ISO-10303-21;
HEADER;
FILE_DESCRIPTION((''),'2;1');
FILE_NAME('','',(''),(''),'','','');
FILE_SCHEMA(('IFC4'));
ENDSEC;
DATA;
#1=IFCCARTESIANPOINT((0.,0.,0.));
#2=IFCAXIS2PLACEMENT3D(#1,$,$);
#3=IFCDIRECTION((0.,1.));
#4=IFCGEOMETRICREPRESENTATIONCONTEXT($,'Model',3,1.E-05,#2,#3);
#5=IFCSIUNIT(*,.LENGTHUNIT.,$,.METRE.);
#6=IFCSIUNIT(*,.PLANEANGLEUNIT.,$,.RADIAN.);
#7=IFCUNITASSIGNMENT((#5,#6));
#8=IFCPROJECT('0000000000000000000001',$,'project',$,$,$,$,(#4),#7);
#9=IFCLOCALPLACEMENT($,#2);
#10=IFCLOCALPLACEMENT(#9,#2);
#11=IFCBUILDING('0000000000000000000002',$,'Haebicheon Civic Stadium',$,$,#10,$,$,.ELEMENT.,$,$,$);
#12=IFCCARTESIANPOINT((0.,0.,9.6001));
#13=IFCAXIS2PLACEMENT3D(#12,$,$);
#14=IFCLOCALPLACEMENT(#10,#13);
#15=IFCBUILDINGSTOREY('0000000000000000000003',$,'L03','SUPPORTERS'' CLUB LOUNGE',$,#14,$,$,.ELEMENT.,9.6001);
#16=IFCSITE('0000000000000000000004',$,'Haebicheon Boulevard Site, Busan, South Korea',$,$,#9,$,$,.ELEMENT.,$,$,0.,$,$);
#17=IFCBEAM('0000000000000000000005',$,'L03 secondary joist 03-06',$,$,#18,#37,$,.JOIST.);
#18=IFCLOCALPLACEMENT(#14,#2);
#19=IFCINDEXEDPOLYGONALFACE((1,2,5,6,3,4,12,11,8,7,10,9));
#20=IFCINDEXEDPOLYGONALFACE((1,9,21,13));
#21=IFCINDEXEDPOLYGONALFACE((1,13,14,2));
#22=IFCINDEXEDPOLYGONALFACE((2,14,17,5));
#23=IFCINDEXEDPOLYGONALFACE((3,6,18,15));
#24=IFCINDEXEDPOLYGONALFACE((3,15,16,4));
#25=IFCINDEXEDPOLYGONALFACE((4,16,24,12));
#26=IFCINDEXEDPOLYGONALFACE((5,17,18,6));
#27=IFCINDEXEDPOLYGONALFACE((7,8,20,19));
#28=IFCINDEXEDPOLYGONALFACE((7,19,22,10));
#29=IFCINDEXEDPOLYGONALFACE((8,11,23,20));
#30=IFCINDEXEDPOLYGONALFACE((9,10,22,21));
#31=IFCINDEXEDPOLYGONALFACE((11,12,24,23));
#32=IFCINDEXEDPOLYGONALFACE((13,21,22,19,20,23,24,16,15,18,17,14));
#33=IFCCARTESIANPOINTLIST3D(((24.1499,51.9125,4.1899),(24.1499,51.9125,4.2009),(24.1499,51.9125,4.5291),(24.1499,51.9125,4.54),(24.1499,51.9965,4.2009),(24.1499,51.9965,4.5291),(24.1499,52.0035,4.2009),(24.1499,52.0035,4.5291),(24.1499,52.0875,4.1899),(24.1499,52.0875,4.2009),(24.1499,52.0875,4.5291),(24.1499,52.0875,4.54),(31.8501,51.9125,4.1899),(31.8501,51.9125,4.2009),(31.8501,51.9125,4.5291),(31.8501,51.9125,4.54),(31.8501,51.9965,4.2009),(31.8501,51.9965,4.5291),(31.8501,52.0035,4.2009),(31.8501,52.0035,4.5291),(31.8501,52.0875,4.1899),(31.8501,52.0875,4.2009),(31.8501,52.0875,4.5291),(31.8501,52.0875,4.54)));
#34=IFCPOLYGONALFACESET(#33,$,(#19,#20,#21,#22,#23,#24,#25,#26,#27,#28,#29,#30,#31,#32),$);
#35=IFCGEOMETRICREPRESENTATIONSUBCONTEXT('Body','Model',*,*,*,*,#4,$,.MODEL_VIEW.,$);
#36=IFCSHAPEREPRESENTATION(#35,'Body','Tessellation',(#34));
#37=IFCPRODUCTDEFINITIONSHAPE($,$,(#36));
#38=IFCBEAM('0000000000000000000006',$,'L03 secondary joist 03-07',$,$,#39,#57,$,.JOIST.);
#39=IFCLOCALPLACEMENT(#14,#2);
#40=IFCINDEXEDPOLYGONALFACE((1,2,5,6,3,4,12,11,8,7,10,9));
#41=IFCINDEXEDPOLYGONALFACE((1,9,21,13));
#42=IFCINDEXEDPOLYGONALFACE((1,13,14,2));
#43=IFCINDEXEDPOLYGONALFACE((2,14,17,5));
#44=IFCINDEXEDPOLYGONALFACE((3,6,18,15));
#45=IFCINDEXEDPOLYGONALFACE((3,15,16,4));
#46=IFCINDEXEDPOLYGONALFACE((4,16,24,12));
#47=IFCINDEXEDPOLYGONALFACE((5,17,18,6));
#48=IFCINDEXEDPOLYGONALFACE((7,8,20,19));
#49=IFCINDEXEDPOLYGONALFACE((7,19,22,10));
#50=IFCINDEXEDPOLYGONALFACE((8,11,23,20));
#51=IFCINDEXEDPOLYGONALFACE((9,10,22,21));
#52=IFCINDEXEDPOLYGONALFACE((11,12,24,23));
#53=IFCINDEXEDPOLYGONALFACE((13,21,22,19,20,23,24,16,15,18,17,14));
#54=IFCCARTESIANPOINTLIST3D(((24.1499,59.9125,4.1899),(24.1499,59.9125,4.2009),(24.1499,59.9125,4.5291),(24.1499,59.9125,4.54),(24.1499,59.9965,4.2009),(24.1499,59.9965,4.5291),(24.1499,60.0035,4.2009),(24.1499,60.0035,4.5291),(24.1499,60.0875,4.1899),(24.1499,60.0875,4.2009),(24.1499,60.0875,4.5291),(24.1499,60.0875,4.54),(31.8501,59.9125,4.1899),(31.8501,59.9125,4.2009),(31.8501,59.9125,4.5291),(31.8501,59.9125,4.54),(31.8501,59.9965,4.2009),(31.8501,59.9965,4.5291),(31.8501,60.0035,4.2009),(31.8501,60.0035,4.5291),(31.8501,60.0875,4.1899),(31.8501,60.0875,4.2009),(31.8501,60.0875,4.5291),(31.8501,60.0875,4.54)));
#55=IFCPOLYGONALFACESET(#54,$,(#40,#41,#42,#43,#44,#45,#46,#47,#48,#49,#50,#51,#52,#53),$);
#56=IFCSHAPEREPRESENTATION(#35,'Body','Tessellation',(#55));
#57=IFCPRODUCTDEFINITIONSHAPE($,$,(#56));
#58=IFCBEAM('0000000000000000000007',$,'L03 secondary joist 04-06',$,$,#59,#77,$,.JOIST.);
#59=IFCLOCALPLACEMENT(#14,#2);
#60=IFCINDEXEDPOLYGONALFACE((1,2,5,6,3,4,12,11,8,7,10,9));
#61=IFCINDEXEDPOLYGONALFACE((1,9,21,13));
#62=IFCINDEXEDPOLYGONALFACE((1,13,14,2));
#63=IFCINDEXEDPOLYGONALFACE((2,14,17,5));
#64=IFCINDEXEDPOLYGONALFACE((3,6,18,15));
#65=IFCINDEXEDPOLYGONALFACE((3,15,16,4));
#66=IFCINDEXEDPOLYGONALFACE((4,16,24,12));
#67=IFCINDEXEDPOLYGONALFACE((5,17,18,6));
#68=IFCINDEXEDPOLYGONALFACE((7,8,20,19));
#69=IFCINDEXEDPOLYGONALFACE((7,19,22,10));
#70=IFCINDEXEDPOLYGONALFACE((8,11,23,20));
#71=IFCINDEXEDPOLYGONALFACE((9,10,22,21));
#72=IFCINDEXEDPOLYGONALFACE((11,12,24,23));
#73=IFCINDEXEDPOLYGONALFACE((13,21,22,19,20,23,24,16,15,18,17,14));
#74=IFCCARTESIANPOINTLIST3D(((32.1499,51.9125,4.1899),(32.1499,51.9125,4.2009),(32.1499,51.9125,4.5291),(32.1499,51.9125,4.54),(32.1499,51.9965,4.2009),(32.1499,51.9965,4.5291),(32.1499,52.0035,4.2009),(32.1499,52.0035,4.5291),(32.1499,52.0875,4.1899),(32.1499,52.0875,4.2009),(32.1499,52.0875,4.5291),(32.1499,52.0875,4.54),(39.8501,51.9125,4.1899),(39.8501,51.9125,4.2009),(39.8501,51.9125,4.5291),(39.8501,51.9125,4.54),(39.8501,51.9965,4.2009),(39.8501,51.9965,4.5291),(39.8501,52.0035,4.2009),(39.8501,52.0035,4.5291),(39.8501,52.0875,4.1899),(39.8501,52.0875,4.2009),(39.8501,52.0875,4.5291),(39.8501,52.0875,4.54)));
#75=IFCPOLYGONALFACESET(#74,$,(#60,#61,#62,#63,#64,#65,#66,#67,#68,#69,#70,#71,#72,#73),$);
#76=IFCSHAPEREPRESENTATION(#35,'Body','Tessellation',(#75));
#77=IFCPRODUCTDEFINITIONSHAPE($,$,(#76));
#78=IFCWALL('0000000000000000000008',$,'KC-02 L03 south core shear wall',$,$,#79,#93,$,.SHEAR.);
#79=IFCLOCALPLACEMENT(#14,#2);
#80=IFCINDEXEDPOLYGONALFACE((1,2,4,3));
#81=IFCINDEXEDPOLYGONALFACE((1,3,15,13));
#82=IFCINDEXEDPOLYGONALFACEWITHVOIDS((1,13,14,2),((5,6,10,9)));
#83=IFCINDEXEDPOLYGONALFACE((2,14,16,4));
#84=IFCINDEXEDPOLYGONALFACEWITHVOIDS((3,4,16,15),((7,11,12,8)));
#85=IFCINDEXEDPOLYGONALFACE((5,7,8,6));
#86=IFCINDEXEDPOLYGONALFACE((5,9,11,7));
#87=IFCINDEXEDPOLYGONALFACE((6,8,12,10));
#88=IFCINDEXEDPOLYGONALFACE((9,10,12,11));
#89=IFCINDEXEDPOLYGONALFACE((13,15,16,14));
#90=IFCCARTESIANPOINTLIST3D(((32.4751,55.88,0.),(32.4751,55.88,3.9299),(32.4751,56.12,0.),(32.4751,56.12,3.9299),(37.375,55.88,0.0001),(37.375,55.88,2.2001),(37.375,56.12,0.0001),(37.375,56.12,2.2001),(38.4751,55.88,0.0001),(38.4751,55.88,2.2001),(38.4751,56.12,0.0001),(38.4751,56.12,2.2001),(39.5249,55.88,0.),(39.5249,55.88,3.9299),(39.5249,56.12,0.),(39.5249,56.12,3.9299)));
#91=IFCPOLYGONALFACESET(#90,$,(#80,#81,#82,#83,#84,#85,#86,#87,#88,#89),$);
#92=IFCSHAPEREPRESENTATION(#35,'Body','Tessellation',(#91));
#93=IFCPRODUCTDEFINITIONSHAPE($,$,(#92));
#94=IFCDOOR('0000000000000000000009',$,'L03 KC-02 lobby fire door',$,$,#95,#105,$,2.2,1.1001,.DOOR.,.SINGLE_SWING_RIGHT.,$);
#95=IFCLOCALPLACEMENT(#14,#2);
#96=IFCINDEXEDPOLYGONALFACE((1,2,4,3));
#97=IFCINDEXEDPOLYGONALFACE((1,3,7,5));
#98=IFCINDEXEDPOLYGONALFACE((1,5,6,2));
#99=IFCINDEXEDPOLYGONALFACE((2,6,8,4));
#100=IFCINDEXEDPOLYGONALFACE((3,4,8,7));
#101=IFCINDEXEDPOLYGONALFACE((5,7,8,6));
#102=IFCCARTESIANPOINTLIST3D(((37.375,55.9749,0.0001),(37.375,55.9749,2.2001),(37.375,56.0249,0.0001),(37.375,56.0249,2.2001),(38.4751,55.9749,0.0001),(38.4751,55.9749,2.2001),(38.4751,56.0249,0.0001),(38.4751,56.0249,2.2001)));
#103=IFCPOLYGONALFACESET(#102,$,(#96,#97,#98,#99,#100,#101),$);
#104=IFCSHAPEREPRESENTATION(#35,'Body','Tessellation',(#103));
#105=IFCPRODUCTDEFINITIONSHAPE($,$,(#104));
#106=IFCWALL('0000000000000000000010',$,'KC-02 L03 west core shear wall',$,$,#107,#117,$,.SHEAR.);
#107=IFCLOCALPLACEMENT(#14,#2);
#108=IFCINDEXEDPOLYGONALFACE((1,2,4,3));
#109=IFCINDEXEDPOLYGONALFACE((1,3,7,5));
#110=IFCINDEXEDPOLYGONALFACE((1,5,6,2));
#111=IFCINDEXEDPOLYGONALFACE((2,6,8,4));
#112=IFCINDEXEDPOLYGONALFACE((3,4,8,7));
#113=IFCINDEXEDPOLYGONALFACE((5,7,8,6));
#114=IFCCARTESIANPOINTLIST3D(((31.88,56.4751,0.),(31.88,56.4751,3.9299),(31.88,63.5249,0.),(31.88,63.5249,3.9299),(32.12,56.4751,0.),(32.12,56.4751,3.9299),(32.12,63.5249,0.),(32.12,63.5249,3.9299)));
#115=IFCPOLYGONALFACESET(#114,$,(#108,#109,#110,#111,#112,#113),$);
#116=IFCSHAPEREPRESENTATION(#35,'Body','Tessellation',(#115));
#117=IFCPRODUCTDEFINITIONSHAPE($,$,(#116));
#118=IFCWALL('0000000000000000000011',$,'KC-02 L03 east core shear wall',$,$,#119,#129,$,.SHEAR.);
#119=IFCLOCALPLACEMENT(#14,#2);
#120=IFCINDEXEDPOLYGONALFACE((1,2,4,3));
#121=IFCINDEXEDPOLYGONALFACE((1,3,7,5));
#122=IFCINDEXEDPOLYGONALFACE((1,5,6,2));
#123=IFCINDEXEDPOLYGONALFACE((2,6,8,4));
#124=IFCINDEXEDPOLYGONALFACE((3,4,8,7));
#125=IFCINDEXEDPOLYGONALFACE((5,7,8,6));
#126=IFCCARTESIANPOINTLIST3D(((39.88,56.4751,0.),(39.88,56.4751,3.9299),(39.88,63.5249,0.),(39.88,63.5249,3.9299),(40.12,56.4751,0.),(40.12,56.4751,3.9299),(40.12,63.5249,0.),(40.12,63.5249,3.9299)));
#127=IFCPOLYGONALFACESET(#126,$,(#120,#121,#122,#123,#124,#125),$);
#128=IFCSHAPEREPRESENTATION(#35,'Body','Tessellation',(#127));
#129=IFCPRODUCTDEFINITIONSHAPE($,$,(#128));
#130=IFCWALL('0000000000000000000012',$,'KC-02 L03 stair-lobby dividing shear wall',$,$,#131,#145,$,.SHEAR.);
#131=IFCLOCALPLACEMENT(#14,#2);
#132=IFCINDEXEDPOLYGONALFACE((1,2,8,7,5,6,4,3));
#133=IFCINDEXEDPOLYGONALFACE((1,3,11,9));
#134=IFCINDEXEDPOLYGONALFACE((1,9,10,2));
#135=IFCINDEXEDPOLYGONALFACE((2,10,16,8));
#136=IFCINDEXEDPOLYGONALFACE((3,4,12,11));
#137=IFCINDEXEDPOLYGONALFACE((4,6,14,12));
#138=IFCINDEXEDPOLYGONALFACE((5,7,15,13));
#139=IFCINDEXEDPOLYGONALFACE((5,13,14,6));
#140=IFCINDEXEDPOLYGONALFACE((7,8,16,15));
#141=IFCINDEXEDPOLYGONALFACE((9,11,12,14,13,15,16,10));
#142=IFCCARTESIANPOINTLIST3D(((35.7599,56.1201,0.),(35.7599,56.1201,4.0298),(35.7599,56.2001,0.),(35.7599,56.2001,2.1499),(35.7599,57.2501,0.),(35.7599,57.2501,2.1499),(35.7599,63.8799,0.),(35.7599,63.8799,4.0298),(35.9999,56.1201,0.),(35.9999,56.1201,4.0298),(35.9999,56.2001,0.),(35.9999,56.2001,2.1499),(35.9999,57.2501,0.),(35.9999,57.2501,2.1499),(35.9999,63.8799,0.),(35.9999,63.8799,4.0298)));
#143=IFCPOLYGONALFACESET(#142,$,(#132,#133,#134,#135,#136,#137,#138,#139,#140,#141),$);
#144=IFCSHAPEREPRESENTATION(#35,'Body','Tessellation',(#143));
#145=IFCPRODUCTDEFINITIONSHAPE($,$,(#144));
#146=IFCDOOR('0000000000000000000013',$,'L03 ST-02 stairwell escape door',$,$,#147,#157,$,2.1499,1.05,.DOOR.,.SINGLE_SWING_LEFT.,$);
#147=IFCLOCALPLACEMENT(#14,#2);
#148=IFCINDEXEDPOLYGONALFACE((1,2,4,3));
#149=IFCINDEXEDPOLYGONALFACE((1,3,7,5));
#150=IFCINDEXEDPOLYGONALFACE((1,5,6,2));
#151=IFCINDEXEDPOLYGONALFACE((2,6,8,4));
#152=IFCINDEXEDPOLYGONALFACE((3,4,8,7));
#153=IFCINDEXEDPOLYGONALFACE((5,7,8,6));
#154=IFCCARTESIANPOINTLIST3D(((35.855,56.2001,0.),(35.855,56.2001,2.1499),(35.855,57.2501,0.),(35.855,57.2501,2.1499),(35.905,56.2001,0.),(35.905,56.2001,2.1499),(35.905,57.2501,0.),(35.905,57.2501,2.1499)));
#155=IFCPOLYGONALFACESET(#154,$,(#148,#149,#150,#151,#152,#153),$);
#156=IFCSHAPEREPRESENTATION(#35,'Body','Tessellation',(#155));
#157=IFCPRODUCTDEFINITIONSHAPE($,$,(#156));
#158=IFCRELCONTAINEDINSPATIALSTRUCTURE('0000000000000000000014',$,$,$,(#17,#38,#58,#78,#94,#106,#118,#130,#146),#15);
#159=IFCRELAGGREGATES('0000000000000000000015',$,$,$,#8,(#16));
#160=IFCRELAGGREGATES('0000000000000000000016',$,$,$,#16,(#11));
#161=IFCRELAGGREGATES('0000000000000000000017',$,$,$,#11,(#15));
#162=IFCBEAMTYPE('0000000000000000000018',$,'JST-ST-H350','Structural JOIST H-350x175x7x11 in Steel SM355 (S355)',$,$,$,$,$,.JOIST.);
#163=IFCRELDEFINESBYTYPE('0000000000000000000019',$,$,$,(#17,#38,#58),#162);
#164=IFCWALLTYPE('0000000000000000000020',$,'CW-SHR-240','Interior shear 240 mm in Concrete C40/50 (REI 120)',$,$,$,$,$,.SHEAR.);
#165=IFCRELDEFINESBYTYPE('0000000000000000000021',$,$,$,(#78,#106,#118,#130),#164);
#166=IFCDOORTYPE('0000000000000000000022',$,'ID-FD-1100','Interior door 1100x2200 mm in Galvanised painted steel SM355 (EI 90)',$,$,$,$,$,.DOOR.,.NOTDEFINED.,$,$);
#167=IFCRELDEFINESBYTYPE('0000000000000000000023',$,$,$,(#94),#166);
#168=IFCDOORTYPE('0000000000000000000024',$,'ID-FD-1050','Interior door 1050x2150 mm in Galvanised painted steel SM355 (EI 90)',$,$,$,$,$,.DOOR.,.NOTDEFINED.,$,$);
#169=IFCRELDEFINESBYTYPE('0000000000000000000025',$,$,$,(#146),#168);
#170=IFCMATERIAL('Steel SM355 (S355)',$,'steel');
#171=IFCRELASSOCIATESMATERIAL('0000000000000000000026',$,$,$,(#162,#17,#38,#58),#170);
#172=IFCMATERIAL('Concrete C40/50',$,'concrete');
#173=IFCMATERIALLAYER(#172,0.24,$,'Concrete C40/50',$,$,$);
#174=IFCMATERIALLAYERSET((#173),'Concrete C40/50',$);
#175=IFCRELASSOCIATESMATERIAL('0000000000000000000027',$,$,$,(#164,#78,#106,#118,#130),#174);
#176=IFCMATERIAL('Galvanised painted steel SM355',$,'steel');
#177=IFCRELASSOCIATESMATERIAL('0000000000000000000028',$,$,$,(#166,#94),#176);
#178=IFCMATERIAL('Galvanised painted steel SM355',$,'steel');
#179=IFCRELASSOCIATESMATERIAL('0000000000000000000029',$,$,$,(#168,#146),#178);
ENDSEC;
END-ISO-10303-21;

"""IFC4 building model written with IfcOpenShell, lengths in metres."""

from ifc_helpers import new_model, si_unit, direction, frame, frame_2d, origin, origin_2d, place, context, subcontext, project, spatial, rectangle, i_section, extrude, material, layer, layer_set, material_profile, profile_set, type_object, element, fill, save


model = new_model("IFC4")

# Units and contexts
model_context = context("Model", 3, precision=1e-05, world=origin(), true_north=direction((0.0, 1.0)))
body_context = subcontext(model_context, "Body", "Model", "MODEL_VIEW")
ifc_project = project(units=[si_unit("LENGTHUNIT", "METRE"), si_unit("PLANEANGLEUNIT", "RADIAN")], contexts=[model_context])

# Site, building, storey
site_placement = place(None, origin())
site = spatial("IfcSite", under=ifc_project, at=site_placement, Name="Haebicheon Boulevard Site, Busan, South Korea", CompositionType="ELEMENT", RefElevation=0.0)
building_placement = place(site_placement, origin())
building = spatial("IfcBuilding", under=site, at=building_placement, Name="Haebicheon Civic Stadium", CompositionType="ELEMENT")
storey_placement = place(building_placement, frame((0.0, 0.0, 9.6001)))
storey = spatial("IfcBuildingStorey", under=building, at=storey_placement, Name="L03", Description="SUPPORTERS' CLUB LOUNGE", CompositionType="ELEMENT", Elevation=9.6001)

# Beams
ifc_material_1 = material(Name="Steel SM355 (S355)", Category="steel")
ifc_material_profile_1 = material_profile(ifc_material_1, i_section(OverallWidth=0.175, OverallDepth=0.3501, WebThickness=0.0071, FlangeThickness=0.011, at=origin_2d()), Name="H-350x175x7x11")
ifc_profile_set_1 = profile_set([ifc_material_profile_1], Name="Steel SM355 (S355)")
beam_type_1 = type_object("IfcBeamType", Name="JST-ST-H350", Description="Structural JOIST H-350x175x7x11 in Steel SM355 (S355)", PredefinedType="JOIST", material=ifc_profile_set_1)
for number, where, z_axis, x_axis, name in (
    (1, (24.1499, 52.0, 4.365), (1.0, 0.0, 0.0), (0.0, 1.0, 0.0), "L03 secondary joist 03-06"),
    (2, (24.1499, 60.0, 4.365), (1.0, 0.0, 0.0), (0.0, 1.0, 0.0), "L03 secondary joist 03-07"),
    (3, (32.1499, 52.0, 4.365), (1.0, 0.0, 0.0), (0.0, 1.0, 0.0), "L03 secondary joist 04-06"),
):
    element("IfcBeam", number, at=place(storey_placement, frame(where, z_axis=z_axis, x_axis=x_axis)), inside=storey, type_object=beam_type_1, material=ifc_profile_set_1, Name=name, PredefinedType="JOIST", context=body_context, shape_type="SweptSolid", body=[
        extrude(i_section(OverallWidth=0.175, OverallDepth=0.3501, WebThickness=0.0071, FlangeThickness=0.011, at=origin_2d()), origin(), (0.0, 0.0, 1.0), 7.7002),
    ])

# Wall, opening, door
ifc_material_2 = material(Name="Concrete C40/50", Category="concrete")
ifc_layer_1 = layer(ifc_material_2, 0.24, Name="Concrete C40/50")
ifc_layer_set_1 = layer_set([ifc_layer_1], Name="Concrete C40/50")
wall_type_1 = type_object("IfcWallType", Name="CW-SHR-240", Description="Interior shear 240 mm in Concrete C40/50 (REI 120)", PredefinedType="SHEAR", material=ifc_layer_set_1)
wall_1_placement = place(storey_placement, frame((32.4751, 56.0, 0.0), z_axis=(0.0, 0.0, 1.0), x_axis=(1.0, 0.0, 0.0)))
wall_1 = element("IfcWall", 4, at=wall_1_placement, inside=storey, type_object=wall_type_1, material=ifc_layer_set_1, Name="KC-02 L03 south core shear wall", PredefinedType="SHEAR", context=body_context, shape_type="SweptSolid", body=[
    extrude(rectangle(XDim=7.0498, YDim=0.24, at=frame_2d((3.5249, 0.0))), origin(), (0.0, 0.0, 1.0), 3.9299),
])
opening_1_placement = place(wall_1_placement, frame((4.8999, 0.0, 0.0)))
opening_1 = element("IfcOpeningElement", 5, at=opening_1_placement, cuts=wall_1, PredefinedType="OPENING", context=body_context, shape_type="SweptSolid", body=[
    extrude(rectangle(XDim=1.1001, YDim=2.2, at=frame_2d((0.55, 1.1001))), frame((0.0, 0.1299, 0.0), z_axis=(0.0, -1.0, 0.0), x_axis=(1.0, 0.0, 0.0)), (0.0, 0.0, 1.0), 0.26),
])
ifc_material_3 = material(Name="Galvanised painted steel SM355", Category="steel")
door_type_1 = type_object("IfcDoorType", Name="ID-FD-1100", Description="Interior door 1100x2200 mm in Galvanised painted steel SM355 (EI 90)", OperationType="NOTDEFINED", PredefinedType="DOOR", material=ifc_material_3)
door_1_placement = place(opening_1_placement, origin())
door_1 = element("IfcDoor", 6, at=door_1_placement, inside=storey, type_object=door_type_1, material=ifc_material_3, Name="L03 KC-02 lobby fire door", OperationType="SINGLE_SWING_RIGHT", OverallHeight=2.2, OverallWidth=1.1001, PredefinedType="DOOR", context=body_context, shape_type="SweptSolid", body=[
    extrude(rectangle(XDim=1.1001, YDim=2.2, at=frame_2d((0.55, 1.1001))), frame((0.0, 0.0249, 0.0), z_axis=(0.0, -1.0, 0.0), x_axis=(1.0, 0.0, 0.0)), (0.0, 0.0, 1.0), 0.05),
])
fill(opening_1, door_1)

# Walls
for number, where, z_axis, x_axis, name in (
    (7, (32.0, 56.4751, 0.0), (0.0, 0.0, 1.0), (0.0, 1.0, 0.0), "KC-02 L03 west core shear wall"),
    (8, (40.0, 56.4751, 0.0), (0.0, 0.0, 1.0), (0.0, 1.0, 0.0), "KC-02 L03 east core shear wall"),
):
    element("IfcWall", number, at=place(storey_placement, frame(where, z_axis=z_axis, x_axis=x_axis)), inside=storey, type_object=wall_type_1, material=ifc_layer_set_1, Name=name, PredefinedType="SHEAR", context=body_context, shape_type="SweptSolid", body=[
        extrude(rectangle(XDim=7.0498, YDim=0.24, at=frame_2d((3.5249, 0.0))), origin(), (0.0, 0.0, 1.0), 3.9299),
    ])

# Wall, opening, door
wall_2_placement = place(storey_placement, frame((35.8799, 56.1201, 0.0), z_axis=(0.0, 0.0, 1.0), x_axis=(0.0, 1.0, 0.0)))
wall_2 = element("IfcWall", 9, at=wall_2_placement, inside=storey, type_object=wall_type_1, material=ifc_layer_set_1, Name="KC-02 L03 stair-lobby dividing shear wall", PredefinedType="SHEAR", context=body_context, shape_type="SweptSolid", body=[
    extrude(rectangle(XDim=7.7598, YDim=0.24, at=frame_2d((3.8799, 0.0))), origin(), (0.0, 0.0, 1.0), 4.0298),
])
opening_2_placement = place(wall_2_placement, frame((0.0801, 0.0, 0.0)))
opening_2 = element("IfcOpeningElement", 10, at=opening_2_placement, cuts=wall_2, PredefinedType="OPENING", context=body_context, shape_type="SweptSolid", body=[
    extrude(rectangle(XDim=1.05, YDim=2.1499, at=frame_2d((0.5249, 1.075))), frame((0.0, 0.1299, 0.0), z_axis=(0.0, -1.0, 0.0), x_axis=(1.0, 0.0, 0.0)), (0.0, 0.0, 1.0), 0.26),
])
ifc_material_4 = material(Name="Galvanised painted steel SM355", Category="steel")
door_type_2 = type_object("IfcDoorType", Name="ID-FD-1050", Description="Interior door 1050x2150 mm in Galvanised painted steel SM355 (EI 90)", OperationType="NOTDEFINED", PredefinedType="DOOR", material=ifc_material_4)
door_2_placement = place(opening_2_placement, origin())
door_2 = element("IfcDoor", 11, at=door_2_placement, inside=storey, type_object=door_type_2, material=ifc_material_4, Name="L03 ST-02 stairwell escape door", OperationType="SINGLE_SWING_LEFT", OverallHeight=2.1499, OverallWidth=1.05, PredefinedType="DOOR", context=body_context, shape_type="SweptSolid", body=[
    extrude(rectangle(XDim=1.05, YDim=2.1499, at=frame_2d((0.5249, 1.075))), frame((0.0, 0.0249, 0.0), z_axis=(0.0, -1.0, 0.0), x_axis=(1.0, 0.0, 0.0)), (0.0, 0.0, 1.0), 0.05),
])
fill(opening_2, door_2)

save(model, "model.ifc")
